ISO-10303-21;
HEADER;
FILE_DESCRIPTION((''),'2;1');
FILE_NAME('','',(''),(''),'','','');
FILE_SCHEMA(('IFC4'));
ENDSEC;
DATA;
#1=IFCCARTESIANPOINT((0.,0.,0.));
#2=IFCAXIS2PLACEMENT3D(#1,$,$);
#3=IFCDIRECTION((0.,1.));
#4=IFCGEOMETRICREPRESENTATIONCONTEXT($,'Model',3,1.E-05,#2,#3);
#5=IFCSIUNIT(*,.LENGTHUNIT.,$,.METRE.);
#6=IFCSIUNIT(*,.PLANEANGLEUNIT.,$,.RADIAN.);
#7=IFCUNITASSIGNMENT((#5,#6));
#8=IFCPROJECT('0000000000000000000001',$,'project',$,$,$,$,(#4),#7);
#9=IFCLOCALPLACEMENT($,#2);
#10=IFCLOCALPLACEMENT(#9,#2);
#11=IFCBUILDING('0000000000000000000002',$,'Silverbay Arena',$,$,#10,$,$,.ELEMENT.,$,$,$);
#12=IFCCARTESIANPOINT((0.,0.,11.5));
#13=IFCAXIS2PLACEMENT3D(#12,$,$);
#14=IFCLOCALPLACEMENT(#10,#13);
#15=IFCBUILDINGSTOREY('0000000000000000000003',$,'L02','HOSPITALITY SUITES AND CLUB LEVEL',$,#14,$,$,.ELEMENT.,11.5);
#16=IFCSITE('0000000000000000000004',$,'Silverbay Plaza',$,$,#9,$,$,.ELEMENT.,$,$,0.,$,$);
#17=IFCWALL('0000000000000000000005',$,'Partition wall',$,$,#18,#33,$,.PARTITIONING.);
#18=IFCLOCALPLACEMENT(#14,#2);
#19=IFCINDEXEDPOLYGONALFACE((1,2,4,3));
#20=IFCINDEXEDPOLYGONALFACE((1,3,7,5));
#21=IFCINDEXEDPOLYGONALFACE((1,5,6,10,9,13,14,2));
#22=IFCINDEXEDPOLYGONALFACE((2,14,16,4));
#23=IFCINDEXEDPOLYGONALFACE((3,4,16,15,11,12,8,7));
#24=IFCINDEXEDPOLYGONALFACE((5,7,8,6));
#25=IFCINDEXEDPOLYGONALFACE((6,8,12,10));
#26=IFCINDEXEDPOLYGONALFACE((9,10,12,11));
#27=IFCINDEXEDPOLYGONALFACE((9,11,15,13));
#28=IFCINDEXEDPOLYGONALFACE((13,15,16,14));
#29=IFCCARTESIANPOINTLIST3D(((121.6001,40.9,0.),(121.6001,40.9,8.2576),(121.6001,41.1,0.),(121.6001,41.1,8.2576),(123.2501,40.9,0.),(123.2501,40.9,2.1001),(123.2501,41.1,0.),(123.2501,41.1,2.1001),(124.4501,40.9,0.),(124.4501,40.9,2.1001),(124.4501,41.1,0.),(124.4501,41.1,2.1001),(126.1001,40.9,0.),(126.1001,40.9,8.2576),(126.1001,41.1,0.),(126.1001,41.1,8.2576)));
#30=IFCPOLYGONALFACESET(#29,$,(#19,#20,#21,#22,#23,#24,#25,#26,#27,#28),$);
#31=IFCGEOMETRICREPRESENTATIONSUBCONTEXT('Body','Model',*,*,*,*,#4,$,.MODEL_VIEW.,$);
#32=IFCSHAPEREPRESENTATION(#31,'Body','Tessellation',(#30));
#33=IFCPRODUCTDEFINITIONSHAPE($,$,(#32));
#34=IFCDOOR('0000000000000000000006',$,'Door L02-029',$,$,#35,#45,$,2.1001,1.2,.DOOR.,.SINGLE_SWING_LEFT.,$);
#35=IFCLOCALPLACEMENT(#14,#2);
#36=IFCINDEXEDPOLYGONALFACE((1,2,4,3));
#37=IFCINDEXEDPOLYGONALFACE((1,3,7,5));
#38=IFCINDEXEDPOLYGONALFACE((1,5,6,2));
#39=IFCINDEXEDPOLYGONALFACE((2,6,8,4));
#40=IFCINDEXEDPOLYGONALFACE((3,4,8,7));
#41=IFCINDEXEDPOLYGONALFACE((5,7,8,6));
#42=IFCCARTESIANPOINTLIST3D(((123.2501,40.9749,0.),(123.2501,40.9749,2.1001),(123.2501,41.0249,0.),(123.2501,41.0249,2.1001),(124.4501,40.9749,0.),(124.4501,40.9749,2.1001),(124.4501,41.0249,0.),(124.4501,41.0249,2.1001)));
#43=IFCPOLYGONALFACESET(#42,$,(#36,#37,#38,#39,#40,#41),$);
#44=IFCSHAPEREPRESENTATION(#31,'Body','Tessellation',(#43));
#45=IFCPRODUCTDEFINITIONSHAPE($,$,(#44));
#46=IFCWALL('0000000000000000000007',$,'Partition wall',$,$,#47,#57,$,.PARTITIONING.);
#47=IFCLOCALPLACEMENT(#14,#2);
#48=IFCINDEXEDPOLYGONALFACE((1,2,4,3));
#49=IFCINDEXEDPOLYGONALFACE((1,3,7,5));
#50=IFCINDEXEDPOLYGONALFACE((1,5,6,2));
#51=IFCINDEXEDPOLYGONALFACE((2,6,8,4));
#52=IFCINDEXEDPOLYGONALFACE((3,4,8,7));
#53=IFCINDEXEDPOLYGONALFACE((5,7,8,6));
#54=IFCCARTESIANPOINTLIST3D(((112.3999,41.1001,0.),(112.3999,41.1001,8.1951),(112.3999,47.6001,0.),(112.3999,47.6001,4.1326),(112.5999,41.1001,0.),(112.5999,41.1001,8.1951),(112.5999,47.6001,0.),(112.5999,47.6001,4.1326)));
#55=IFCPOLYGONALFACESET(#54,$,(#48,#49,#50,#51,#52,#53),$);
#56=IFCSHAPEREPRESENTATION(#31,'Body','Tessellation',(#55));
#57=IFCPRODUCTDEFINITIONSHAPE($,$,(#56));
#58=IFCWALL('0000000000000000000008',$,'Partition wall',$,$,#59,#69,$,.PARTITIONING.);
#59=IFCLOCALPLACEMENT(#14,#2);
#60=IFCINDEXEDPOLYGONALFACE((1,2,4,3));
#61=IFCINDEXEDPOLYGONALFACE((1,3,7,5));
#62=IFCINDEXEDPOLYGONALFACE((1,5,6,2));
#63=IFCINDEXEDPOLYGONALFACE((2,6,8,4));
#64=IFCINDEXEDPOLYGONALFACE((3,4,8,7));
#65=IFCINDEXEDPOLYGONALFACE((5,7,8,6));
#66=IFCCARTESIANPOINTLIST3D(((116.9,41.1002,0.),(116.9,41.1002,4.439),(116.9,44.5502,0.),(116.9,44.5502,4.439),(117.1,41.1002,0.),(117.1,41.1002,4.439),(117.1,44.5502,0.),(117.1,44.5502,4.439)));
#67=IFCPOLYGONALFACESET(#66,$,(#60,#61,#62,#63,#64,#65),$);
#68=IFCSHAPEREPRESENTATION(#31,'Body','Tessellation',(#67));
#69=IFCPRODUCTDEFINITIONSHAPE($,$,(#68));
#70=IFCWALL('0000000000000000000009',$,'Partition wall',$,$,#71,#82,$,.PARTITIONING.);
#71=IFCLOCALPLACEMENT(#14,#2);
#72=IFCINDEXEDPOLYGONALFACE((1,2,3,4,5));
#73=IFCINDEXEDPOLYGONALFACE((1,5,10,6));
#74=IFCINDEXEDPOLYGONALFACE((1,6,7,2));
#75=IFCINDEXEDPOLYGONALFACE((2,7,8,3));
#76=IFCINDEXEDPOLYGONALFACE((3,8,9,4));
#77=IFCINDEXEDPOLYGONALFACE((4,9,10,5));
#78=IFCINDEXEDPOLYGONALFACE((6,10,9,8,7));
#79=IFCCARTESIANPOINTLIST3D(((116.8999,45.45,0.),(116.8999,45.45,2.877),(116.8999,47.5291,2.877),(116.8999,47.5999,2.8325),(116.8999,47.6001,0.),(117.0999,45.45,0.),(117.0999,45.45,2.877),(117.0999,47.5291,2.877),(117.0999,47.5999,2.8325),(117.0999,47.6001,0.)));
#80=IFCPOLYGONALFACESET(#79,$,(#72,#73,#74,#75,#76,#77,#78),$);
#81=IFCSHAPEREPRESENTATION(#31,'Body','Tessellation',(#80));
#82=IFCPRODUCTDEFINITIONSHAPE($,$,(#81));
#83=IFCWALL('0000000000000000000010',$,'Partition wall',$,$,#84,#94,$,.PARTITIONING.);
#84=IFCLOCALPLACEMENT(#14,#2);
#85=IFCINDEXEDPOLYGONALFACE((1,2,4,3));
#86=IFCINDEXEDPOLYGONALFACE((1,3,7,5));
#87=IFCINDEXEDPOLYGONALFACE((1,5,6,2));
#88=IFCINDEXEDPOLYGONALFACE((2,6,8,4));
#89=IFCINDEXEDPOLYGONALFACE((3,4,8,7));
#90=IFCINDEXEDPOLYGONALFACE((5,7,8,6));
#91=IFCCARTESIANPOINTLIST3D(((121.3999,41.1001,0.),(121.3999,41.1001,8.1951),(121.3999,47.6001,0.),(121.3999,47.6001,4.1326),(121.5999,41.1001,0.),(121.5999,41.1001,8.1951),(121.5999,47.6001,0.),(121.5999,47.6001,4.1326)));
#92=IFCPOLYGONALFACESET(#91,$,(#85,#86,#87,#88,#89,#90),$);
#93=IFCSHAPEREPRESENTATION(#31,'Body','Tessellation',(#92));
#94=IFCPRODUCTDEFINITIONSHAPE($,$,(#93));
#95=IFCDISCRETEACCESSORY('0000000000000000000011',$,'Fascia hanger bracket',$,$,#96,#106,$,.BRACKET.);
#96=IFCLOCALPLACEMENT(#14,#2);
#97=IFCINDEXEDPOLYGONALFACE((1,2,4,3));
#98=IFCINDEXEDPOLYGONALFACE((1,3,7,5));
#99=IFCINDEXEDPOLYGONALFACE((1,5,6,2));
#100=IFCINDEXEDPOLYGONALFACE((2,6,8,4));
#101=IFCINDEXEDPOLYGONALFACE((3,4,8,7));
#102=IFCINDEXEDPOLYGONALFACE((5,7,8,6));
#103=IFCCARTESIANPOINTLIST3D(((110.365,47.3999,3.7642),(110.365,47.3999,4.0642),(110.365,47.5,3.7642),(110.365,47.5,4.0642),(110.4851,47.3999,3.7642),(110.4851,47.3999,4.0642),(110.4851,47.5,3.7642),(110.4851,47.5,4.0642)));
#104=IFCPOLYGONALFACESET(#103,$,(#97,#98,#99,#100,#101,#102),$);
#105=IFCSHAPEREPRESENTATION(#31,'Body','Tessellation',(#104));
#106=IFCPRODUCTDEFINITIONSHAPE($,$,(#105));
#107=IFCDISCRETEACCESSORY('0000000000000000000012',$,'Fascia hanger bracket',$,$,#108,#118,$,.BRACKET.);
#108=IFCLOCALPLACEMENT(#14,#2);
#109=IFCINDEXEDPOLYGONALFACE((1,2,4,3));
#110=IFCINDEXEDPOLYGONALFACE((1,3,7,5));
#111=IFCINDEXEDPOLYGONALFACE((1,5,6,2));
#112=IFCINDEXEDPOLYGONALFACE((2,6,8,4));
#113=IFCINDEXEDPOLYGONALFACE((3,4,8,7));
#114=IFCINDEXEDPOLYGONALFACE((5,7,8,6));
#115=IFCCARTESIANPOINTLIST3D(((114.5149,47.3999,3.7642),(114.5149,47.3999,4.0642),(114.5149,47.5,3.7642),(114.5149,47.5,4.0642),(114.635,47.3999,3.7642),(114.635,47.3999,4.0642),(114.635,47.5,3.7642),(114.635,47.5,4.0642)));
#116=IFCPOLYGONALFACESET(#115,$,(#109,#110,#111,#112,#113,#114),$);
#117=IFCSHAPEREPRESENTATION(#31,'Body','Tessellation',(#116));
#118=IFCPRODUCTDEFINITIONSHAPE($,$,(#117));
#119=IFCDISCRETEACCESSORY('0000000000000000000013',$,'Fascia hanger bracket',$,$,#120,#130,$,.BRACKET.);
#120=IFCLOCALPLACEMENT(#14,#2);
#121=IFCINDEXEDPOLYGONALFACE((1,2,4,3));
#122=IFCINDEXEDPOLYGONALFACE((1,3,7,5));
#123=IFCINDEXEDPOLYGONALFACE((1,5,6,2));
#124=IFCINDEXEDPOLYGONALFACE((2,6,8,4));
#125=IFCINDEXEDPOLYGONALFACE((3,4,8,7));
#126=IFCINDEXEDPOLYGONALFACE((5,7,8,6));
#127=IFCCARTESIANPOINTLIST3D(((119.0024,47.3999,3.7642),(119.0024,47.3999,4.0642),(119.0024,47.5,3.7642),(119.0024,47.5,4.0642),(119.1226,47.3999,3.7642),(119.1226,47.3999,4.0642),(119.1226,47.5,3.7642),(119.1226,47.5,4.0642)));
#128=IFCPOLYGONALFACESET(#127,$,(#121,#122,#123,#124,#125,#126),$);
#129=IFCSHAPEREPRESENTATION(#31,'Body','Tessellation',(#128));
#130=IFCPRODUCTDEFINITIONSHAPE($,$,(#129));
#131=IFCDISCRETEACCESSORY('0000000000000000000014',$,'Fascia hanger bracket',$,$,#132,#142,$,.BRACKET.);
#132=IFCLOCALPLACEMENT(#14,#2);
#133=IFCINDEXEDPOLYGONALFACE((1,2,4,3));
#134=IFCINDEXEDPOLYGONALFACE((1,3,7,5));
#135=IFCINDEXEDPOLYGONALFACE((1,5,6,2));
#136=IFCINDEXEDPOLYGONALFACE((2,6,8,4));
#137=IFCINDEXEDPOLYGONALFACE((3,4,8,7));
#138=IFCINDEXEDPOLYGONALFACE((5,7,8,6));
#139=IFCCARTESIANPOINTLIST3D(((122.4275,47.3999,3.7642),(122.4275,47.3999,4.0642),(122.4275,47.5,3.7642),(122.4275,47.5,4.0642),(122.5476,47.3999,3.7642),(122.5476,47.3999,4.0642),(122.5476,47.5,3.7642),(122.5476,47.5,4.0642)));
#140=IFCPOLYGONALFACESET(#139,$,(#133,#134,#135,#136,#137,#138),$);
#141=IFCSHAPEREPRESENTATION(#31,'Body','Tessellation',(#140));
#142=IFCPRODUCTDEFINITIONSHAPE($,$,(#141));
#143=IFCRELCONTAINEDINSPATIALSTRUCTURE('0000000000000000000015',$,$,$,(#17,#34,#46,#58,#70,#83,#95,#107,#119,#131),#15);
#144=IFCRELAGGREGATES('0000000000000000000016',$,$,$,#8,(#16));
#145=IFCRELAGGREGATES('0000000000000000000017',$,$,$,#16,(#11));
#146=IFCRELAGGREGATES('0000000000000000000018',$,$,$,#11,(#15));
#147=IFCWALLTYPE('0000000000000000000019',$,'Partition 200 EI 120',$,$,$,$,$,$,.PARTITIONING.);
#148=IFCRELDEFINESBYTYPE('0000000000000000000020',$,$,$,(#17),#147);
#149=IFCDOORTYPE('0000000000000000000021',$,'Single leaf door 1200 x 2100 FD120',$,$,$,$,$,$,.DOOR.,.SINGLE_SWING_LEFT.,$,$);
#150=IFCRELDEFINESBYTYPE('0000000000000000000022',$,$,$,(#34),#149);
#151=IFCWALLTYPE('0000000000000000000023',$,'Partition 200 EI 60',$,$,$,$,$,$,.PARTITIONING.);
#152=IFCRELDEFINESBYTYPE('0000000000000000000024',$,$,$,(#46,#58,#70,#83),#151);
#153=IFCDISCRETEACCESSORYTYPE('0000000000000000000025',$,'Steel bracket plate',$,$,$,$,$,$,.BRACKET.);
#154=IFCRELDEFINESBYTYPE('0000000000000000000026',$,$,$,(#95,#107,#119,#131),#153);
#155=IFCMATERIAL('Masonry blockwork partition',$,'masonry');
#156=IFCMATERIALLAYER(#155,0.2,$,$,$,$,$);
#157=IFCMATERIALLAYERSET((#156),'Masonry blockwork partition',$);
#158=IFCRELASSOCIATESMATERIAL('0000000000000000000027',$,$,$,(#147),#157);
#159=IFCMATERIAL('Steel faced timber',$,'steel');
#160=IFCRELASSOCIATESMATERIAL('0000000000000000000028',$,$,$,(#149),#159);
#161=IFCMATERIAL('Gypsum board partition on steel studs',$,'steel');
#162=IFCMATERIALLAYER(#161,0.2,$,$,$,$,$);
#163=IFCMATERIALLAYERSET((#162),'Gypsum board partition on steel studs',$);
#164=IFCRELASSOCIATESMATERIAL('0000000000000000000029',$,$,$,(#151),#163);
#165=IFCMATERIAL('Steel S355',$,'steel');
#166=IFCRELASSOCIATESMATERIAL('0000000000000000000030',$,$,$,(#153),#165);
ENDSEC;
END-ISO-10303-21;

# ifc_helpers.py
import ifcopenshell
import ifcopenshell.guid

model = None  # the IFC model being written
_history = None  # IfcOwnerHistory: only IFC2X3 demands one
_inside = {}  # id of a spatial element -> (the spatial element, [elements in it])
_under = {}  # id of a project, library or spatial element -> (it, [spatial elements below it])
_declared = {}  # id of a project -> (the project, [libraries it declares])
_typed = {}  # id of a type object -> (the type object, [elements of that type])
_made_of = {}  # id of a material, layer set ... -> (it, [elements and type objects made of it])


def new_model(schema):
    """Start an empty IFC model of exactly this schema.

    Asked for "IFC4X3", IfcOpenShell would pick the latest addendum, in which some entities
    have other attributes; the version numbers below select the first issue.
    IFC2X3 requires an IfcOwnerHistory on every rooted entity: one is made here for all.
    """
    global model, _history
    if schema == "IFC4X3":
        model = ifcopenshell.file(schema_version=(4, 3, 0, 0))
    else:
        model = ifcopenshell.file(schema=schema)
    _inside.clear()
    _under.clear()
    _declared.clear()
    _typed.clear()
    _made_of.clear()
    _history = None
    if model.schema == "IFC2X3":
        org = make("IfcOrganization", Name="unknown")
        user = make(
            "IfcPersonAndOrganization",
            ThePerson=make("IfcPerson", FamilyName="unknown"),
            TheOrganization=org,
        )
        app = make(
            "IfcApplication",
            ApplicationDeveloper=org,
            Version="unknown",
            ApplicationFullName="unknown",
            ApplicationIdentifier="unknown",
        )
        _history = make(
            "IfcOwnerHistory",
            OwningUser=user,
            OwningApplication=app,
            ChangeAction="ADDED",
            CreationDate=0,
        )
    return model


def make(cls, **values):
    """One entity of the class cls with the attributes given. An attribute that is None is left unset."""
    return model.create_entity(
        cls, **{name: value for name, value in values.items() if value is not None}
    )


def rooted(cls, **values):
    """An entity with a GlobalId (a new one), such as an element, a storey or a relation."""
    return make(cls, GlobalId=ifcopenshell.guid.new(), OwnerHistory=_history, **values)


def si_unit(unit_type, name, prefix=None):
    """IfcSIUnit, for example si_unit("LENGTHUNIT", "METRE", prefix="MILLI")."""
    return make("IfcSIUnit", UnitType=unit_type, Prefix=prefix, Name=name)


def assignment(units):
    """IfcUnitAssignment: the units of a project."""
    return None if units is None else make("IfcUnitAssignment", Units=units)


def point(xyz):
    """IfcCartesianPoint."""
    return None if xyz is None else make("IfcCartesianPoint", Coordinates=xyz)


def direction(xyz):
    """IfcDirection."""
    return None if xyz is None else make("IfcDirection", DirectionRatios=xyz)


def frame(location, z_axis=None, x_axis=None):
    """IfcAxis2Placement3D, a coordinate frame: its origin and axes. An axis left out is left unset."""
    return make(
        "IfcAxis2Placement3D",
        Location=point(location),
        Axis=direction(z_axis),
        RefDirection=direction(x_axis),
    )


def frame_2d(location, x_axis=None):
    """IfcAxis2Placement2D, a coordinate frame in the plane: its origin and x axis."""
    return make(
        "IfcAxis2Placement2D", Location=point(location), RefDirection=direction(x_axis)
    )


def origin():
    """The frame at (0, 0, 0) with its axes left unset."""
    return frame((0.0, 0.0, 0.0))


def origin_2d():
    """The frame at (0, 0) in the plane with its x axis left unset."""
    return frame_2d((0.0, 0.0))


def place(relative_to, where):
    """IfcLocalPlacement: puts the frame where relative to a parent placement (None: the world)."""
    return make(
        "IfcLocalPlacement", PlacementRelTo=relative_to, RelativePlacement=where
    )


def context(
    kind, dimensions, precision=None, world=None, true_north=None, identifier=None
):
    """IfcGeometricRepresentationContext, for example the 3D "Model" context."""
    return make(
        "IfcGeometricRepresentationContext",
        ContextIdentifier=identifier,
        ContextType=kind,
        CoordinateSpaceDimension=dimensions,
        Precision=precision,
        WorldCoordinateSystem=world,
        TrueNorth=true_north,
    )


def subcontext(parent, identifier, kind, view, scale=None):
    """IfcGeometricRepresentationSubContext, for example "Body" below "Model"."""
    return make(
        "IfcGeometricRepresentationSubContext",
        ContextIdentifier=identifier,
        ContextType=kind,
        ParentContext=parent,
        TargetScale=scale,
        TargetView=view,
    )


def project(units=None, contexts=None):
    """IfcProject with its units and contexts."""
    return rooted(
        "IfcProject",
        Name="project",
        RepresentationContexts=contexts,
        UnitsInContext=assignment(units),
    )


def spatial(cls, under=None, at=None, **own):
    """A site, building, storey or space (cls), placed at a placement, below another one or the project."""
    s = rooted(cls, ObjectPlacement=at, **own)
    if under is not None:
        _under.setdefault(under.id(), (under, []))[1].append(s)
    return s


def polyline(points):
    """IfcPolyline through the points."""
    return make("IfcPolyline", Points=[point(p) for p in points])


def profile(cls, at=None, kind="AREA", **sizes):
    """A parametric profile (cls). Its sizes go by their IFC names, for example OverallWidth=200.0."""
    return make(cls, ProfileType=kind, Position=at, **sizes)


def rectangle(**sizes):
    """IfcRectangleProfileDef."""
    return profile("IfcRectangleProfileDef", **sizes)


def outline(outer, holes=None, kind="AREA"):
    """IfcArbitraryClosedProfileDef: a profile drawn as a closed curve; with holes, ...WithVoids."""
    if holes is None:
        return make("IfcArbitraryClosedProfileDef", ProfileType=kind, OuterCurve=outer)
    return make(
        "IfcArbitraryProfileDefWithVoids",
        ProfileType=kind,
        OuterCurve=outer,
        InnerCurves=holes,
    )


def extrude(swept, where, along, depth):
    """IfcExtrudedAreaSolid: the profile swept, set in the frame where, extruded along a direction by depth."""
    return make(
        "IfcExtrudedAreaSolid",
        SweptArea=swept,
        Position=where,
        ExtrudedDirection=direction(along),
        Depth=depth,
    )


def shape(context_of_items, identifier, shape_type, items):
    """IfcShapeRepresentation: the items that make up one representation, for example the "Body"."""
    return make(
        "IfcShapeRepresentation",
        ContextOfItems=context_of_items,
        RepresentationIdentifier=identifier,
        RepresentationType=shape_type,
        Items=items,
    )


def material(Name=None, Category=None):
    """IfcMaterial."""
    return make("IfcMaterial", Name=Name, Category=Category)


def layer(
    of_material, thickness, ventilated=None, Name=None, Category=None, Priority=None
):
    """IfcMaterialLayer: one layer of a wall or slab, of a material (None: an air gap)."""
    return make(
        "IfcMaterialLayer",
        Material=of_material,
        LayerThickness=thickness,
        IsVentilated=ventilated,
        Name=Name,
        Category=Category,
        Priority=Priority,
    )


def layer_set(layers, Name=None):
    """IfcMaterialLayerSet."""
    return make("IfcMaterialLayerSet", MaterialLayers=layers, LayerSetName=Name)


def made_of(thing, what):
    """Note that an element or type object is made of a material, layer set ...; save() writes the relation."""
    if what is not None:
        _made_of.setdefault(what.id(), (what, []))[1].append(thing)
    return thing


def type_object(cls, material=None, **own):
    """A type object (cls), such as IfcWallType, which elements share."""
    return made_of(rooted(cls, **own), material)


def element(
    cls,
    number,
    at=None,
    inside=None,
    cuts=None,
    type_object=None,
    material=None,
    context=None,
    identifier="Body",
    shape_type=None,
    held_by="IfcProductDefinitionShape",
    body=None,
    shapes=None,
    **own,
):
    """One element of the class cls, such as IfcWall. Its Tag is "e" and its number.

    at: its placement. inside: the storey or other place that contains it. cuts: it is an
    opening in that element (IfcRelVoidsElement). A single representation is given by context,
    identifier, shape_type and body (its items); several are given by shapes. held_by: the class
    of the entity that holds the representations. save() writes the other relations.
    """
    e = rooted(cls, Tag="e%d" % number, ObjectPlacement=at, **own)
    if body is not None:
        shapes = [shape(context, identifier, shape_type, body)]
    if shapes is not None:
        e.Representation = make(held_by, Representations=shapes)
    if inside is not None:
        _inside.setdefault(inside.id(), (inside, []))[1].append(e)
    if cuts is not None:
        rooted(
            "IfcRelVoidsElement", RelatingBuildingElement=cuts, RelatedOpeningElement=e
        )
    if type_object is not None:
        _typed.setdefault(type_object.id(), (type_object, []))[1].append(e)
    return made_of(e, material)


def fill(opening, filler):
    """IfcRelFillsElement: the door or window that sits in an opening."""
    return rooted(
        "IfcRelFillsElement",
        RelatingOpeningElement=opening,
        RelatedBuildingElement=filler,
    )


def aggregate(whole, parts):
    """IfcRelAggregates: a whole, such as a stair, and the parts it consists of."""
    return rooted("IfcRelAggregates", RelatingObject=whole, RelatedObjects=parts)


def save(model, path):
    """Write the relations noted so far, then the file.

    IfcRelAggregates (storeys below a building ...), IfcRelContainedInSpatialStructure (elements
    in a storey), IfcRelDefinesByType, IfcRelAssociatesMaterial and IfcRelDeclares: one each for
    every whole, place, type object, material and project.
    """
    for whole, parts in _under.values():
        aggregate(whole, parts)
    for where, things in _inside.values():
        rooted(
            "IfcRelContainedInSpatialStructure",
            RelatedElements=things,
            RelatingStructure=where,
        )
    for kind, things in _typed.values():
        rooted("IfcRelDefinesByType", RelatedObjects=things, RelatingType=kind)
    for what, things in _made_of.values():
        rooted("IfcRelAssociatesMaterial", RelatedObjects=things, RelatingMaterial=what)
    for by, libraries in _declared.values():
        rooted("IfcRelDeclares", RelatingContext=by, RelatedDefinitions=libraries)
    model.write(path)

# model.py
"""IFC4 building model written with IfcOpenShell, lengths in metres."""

from ifc_helpers import new_model, si_unit, direction, frame, frame_2d, origin, origin_2d, place, context, subcontext, project, spatial, polyline, rectangle, outline, extrude, material, layer, layer_set, type_object, element, fill, save


model = new_model("IFC4")

# Units and contexts
model_context = context("Model", 3, precision=1e-05, world=origin(), true_north=direction((0.0, 1.0)))
body_context = subcontext(model_context, "Body", "Model", "MODEL_VIEW")
ifc_project = project(units=[si_unit("LENGTHUNIT", "METRE"), si_unit("PLANEANGLEUNIT", "RADIAN")], contexts=[model_context])

# Site, building, storey
site_placement = place(None, origin())
site = spatial("IfcSite", under=ifc_project, at=site_placement, Name="Silverbay Plaza", CompositionType="ELEMENT", RefElevation=0.0)
building_placement = place(site_placement, origin())
building = spatial("IfcBuilding", under=site, at=building_placement, Name="Silverbay Arena", CompositionType="ELEMENT")
storey_placement = place(building_placement, frame((0.0, 0.0, 11.5)))
storey = spatial("IfcBuildingStorey", under=building, at=storey_placement, Name="L02", Description="HOSPITALITY SUITES AND CLUB LEVEL", CompositionType="ELEMENT", Elevation=11.5)

# Wall, opening, door
ifc_material_1 = material(Name="Masonry blockwork partition", Category="masonry")
ifc_layer_1 = layer(ifc_material_1, 0.2)
ifc_layer_set_1 = layer_set([ifc_layer_1], Name="Masonry blockwork partition")
wall_type_1 = type_object("IfcWallType", Name="Partition 200 EI 120", PredefinedType="PARTITIONING", material=ifc_layer_set_1)
ifc_material_2 = material(Name="Steel faced timber", Category="steel")
door_type = type_object("IfcDoorType", Name="Single leaf door 1200 x 2100 FD120", OperationType="SINGLE_SWING_LEFT", PredefinedType="DOOR", material=ifc_material_2)
wall_1_placement = place(storey_placement, frame((121.6001, 41.0, 0.0), z_axis=(0.0, 0.0, 1.0), x_axis=(1.0, 0.0, 0.0)))
wall_1 = element("IfcWall", 1, at=wall_1_placement, inside=storey, type_object=wall_type_1, Name="Partition wall", PredefinedType="PARTITIONING", context=body_context, shape_type="SweptSolid", body=[
    extrude(rectangle(XDim=4.5, YDim=0.2, at=frame_2d((2.25, 0.0))), origin(), (0.0, 0.0, 1.0), 8.2576),
])
opening_1_placement = place(wall_1_placement, frame((1.6499, 0.0, 0.0)))
opening_1 = element("IfcOpeningElement", 2, at=opening_1_placement, cuts=wall_1, PredefinedType="OPENING", context=body_context, shape_type="SweptSolid", body=[
    extrude(rectangle(XDim=1.2, YDim=2.1001, at=frame_2d((0.6001, 1.05))), frame((0.0, 0.1099, 0.0), z_axis=(0.0, -1.0, 0.0), x_axis=(1.0, 0.0, 0.0)), (0.0, 0.0, 1.0), 0.22),
])
door_1_placement = place(opening_1_placement, origin())
door_1 = element("IfcDoor", 3, at=door_1_placement, inside=storey, type_object=door_type, Name="Door L02-029", OperationType="SINGLE_SWING_LEFT", OverallHeight=2.1001, OverallWidth=1.2, PredefinedType="DOOR", context=body_context, shape_type="SweptSolid", body=[
    extrude(rectangle(XDim=1.2, YDim=2.1001, at=frame_2d((0.6001, 1.05))), frame((0.0, 0.0249, 0.0), z_axis=(0.0, -1.0, 0.0), x_axis=(1.0, 0.0, 0.0)), (0.0, 0.0, 1.0), 0.05),
])
fill(opening_1, door_1)

# Walls
ifc_material_3 = material(Name="Gypsum board partition on steel studs", Category="steel")
ifc_layer_2 = layer(ifc_material_3, 0.2)
ifc_layer_set_2 = layer_set([ifc_layer_2], Name="Gypsum board partition on steel studs")
wall_type_2 = type_object("IfcWallType", Name="Partition 200 EI 60", PredefinedType="PARTITIONING", material=ifc_layer_set_2)
wall_2_placement = place(storey_placement, frame((112.5, 41.1001, 0.0), z_axis=(0.0, 0.0, 1.0), x_axis=(0.0, 1.0, 0.0)))
element("IfcWall", 4, at=wall_2_placement, inside=storey, type_object=wall_type_2, Name="Partition wall", PredefinedType="PARTITIONING", context=body_context, shape_type="SweptSolid", body=[
    extrude(outline(polyline([(0.0, 0.0), (6.5, 0.0), (6.5, 4.1326), (0.0, 8.1951), (0.0, 0.0)])), frame((0.0, 0.1001, 0.0), z_axis=(0.0, -1.0, 0.0), x_axis=(1.0, 0.0, 0.0)), (0.0, 0.0, 1.0), 0.2),
])
wall_3_placement = place(storey_placement, frame((117.0, 41.1001, 0.0), z_axis=(0.0, 0.0, 1.0), x_axis=(0.0, 1.0, 0.0)))
element("IfcWall", 5, at=wall_3_placement, inside=storey, type_object=wall_type_2, Name="Partition wall", PredefinedType="PARTITIONING", context=body_context, shape_type="SweptSolid", body=[
    extrude(rectangle(XDim=3.45, YDim=0.2, at=frame_2d((1.7251, 0.0))), origin(), (0.0, 0.0, 1.0), 4.439),
])
wall_4_placement = place(storey_placement, frame((117.0, 45.45, 0.0), z_axis=(0.0, 0.0, 1.0), x_axis=(0.0, 1.0, 0.0)))
element("IfcWall", 6, at=wall_4_placement, inside=storey, type_object=wall_type_2, Name="Partition wall", PredefinedType="PARTITIONING", context=body_context, shape_type="SweptSolid", body=[
    extrude(outline(polyline([(0.0, 0.0), (2.1501, 0.0), (2.1499, 2.8325), (2.0791, 2.877), (0.0, 2.877), (0.0, 0.0)])), frame((0.0, 0.1001, 0.0), z_axis=(0.0, -1.0, 0.0), x_axis=(1.0, 0.0, 0.0)), (0.0, 0.0, 1.0), 0.2),
])
wall_5_placement = place(storey_placement, frame((121.5, 41.1001, 0.0), z_axis=(0.0, 0.0, 1.0), x_axis=(0.0, 1.0, 0.0)))
element("IfcWall", 7, at=wall_5_placement, inside=storey, type_object=wall_type_2, Name="Partition wall", PredefinedType="PARTITIONING", context=body_context, shape_type="SweptSolid", body=[
    extrude(outline(polyline([(0.0, 0.0), (6.5, 0.0), (6.5, 4.1326), (0.0, 8.1951), (0.0, 0.0)])), frame((0.0, 0.1001, 0.0), z_axis=(0.0, -1.0, 0.0), x_axis=(1.0, 0.0, 0.0)), (0.0, 0.0, 1.0), 0.2),
])

# Discrete accessories
ifc_material_4 = material(Name="Steel S355", Category="steel")
discrete_accessory_type = type_object("IfcDiscreteAccessoryType", Name="Steel bracket plate", PredefinedType="BRACKET", material=ifc_material_4)
for number, where, z_axis, x_axis, name in (
    (8, (110.425, 47.45, 3.7642), (0.0, 0.0, 1.0), (1.0, 0.0, 0.0), "Fascia hanger bracket"),
    (9, (114.575, 47.45, 3.7642), (0.0, 0.0, 1.0), (1.0, 0.0, 0.0), "Fascia hanger bracket"),
    (10, (119.0625, 47.45, 3.7642), (0.0, 0.0, 1.0), (1.0, 0.0, 0.0), "Fascia hanger bracket"),
    (11, (122.4875, 47.45, 3.7642), (0.0, 0.0, 1.0), (1.0, 0.0, 0.0), "Fascia hanger bracket"),
):
    element("IfcDiscreteAccessory", number, at=place(storey_placement, frame(where, z_axis=z_axis, x_axis=x_axis)), inside=storey, type_object=discrete_accessory_type, Name=name, PredefinedType="BRACKET", context=body_context, shape_type="SweptSolid", body=[
        extrude(rectangle(XDim=0.1201, YDim=0.1001, at=origin_2d()), origin(), (0.0, 0.0, 1.0), 0.3),
    ])

save(model, "model.ifc")
